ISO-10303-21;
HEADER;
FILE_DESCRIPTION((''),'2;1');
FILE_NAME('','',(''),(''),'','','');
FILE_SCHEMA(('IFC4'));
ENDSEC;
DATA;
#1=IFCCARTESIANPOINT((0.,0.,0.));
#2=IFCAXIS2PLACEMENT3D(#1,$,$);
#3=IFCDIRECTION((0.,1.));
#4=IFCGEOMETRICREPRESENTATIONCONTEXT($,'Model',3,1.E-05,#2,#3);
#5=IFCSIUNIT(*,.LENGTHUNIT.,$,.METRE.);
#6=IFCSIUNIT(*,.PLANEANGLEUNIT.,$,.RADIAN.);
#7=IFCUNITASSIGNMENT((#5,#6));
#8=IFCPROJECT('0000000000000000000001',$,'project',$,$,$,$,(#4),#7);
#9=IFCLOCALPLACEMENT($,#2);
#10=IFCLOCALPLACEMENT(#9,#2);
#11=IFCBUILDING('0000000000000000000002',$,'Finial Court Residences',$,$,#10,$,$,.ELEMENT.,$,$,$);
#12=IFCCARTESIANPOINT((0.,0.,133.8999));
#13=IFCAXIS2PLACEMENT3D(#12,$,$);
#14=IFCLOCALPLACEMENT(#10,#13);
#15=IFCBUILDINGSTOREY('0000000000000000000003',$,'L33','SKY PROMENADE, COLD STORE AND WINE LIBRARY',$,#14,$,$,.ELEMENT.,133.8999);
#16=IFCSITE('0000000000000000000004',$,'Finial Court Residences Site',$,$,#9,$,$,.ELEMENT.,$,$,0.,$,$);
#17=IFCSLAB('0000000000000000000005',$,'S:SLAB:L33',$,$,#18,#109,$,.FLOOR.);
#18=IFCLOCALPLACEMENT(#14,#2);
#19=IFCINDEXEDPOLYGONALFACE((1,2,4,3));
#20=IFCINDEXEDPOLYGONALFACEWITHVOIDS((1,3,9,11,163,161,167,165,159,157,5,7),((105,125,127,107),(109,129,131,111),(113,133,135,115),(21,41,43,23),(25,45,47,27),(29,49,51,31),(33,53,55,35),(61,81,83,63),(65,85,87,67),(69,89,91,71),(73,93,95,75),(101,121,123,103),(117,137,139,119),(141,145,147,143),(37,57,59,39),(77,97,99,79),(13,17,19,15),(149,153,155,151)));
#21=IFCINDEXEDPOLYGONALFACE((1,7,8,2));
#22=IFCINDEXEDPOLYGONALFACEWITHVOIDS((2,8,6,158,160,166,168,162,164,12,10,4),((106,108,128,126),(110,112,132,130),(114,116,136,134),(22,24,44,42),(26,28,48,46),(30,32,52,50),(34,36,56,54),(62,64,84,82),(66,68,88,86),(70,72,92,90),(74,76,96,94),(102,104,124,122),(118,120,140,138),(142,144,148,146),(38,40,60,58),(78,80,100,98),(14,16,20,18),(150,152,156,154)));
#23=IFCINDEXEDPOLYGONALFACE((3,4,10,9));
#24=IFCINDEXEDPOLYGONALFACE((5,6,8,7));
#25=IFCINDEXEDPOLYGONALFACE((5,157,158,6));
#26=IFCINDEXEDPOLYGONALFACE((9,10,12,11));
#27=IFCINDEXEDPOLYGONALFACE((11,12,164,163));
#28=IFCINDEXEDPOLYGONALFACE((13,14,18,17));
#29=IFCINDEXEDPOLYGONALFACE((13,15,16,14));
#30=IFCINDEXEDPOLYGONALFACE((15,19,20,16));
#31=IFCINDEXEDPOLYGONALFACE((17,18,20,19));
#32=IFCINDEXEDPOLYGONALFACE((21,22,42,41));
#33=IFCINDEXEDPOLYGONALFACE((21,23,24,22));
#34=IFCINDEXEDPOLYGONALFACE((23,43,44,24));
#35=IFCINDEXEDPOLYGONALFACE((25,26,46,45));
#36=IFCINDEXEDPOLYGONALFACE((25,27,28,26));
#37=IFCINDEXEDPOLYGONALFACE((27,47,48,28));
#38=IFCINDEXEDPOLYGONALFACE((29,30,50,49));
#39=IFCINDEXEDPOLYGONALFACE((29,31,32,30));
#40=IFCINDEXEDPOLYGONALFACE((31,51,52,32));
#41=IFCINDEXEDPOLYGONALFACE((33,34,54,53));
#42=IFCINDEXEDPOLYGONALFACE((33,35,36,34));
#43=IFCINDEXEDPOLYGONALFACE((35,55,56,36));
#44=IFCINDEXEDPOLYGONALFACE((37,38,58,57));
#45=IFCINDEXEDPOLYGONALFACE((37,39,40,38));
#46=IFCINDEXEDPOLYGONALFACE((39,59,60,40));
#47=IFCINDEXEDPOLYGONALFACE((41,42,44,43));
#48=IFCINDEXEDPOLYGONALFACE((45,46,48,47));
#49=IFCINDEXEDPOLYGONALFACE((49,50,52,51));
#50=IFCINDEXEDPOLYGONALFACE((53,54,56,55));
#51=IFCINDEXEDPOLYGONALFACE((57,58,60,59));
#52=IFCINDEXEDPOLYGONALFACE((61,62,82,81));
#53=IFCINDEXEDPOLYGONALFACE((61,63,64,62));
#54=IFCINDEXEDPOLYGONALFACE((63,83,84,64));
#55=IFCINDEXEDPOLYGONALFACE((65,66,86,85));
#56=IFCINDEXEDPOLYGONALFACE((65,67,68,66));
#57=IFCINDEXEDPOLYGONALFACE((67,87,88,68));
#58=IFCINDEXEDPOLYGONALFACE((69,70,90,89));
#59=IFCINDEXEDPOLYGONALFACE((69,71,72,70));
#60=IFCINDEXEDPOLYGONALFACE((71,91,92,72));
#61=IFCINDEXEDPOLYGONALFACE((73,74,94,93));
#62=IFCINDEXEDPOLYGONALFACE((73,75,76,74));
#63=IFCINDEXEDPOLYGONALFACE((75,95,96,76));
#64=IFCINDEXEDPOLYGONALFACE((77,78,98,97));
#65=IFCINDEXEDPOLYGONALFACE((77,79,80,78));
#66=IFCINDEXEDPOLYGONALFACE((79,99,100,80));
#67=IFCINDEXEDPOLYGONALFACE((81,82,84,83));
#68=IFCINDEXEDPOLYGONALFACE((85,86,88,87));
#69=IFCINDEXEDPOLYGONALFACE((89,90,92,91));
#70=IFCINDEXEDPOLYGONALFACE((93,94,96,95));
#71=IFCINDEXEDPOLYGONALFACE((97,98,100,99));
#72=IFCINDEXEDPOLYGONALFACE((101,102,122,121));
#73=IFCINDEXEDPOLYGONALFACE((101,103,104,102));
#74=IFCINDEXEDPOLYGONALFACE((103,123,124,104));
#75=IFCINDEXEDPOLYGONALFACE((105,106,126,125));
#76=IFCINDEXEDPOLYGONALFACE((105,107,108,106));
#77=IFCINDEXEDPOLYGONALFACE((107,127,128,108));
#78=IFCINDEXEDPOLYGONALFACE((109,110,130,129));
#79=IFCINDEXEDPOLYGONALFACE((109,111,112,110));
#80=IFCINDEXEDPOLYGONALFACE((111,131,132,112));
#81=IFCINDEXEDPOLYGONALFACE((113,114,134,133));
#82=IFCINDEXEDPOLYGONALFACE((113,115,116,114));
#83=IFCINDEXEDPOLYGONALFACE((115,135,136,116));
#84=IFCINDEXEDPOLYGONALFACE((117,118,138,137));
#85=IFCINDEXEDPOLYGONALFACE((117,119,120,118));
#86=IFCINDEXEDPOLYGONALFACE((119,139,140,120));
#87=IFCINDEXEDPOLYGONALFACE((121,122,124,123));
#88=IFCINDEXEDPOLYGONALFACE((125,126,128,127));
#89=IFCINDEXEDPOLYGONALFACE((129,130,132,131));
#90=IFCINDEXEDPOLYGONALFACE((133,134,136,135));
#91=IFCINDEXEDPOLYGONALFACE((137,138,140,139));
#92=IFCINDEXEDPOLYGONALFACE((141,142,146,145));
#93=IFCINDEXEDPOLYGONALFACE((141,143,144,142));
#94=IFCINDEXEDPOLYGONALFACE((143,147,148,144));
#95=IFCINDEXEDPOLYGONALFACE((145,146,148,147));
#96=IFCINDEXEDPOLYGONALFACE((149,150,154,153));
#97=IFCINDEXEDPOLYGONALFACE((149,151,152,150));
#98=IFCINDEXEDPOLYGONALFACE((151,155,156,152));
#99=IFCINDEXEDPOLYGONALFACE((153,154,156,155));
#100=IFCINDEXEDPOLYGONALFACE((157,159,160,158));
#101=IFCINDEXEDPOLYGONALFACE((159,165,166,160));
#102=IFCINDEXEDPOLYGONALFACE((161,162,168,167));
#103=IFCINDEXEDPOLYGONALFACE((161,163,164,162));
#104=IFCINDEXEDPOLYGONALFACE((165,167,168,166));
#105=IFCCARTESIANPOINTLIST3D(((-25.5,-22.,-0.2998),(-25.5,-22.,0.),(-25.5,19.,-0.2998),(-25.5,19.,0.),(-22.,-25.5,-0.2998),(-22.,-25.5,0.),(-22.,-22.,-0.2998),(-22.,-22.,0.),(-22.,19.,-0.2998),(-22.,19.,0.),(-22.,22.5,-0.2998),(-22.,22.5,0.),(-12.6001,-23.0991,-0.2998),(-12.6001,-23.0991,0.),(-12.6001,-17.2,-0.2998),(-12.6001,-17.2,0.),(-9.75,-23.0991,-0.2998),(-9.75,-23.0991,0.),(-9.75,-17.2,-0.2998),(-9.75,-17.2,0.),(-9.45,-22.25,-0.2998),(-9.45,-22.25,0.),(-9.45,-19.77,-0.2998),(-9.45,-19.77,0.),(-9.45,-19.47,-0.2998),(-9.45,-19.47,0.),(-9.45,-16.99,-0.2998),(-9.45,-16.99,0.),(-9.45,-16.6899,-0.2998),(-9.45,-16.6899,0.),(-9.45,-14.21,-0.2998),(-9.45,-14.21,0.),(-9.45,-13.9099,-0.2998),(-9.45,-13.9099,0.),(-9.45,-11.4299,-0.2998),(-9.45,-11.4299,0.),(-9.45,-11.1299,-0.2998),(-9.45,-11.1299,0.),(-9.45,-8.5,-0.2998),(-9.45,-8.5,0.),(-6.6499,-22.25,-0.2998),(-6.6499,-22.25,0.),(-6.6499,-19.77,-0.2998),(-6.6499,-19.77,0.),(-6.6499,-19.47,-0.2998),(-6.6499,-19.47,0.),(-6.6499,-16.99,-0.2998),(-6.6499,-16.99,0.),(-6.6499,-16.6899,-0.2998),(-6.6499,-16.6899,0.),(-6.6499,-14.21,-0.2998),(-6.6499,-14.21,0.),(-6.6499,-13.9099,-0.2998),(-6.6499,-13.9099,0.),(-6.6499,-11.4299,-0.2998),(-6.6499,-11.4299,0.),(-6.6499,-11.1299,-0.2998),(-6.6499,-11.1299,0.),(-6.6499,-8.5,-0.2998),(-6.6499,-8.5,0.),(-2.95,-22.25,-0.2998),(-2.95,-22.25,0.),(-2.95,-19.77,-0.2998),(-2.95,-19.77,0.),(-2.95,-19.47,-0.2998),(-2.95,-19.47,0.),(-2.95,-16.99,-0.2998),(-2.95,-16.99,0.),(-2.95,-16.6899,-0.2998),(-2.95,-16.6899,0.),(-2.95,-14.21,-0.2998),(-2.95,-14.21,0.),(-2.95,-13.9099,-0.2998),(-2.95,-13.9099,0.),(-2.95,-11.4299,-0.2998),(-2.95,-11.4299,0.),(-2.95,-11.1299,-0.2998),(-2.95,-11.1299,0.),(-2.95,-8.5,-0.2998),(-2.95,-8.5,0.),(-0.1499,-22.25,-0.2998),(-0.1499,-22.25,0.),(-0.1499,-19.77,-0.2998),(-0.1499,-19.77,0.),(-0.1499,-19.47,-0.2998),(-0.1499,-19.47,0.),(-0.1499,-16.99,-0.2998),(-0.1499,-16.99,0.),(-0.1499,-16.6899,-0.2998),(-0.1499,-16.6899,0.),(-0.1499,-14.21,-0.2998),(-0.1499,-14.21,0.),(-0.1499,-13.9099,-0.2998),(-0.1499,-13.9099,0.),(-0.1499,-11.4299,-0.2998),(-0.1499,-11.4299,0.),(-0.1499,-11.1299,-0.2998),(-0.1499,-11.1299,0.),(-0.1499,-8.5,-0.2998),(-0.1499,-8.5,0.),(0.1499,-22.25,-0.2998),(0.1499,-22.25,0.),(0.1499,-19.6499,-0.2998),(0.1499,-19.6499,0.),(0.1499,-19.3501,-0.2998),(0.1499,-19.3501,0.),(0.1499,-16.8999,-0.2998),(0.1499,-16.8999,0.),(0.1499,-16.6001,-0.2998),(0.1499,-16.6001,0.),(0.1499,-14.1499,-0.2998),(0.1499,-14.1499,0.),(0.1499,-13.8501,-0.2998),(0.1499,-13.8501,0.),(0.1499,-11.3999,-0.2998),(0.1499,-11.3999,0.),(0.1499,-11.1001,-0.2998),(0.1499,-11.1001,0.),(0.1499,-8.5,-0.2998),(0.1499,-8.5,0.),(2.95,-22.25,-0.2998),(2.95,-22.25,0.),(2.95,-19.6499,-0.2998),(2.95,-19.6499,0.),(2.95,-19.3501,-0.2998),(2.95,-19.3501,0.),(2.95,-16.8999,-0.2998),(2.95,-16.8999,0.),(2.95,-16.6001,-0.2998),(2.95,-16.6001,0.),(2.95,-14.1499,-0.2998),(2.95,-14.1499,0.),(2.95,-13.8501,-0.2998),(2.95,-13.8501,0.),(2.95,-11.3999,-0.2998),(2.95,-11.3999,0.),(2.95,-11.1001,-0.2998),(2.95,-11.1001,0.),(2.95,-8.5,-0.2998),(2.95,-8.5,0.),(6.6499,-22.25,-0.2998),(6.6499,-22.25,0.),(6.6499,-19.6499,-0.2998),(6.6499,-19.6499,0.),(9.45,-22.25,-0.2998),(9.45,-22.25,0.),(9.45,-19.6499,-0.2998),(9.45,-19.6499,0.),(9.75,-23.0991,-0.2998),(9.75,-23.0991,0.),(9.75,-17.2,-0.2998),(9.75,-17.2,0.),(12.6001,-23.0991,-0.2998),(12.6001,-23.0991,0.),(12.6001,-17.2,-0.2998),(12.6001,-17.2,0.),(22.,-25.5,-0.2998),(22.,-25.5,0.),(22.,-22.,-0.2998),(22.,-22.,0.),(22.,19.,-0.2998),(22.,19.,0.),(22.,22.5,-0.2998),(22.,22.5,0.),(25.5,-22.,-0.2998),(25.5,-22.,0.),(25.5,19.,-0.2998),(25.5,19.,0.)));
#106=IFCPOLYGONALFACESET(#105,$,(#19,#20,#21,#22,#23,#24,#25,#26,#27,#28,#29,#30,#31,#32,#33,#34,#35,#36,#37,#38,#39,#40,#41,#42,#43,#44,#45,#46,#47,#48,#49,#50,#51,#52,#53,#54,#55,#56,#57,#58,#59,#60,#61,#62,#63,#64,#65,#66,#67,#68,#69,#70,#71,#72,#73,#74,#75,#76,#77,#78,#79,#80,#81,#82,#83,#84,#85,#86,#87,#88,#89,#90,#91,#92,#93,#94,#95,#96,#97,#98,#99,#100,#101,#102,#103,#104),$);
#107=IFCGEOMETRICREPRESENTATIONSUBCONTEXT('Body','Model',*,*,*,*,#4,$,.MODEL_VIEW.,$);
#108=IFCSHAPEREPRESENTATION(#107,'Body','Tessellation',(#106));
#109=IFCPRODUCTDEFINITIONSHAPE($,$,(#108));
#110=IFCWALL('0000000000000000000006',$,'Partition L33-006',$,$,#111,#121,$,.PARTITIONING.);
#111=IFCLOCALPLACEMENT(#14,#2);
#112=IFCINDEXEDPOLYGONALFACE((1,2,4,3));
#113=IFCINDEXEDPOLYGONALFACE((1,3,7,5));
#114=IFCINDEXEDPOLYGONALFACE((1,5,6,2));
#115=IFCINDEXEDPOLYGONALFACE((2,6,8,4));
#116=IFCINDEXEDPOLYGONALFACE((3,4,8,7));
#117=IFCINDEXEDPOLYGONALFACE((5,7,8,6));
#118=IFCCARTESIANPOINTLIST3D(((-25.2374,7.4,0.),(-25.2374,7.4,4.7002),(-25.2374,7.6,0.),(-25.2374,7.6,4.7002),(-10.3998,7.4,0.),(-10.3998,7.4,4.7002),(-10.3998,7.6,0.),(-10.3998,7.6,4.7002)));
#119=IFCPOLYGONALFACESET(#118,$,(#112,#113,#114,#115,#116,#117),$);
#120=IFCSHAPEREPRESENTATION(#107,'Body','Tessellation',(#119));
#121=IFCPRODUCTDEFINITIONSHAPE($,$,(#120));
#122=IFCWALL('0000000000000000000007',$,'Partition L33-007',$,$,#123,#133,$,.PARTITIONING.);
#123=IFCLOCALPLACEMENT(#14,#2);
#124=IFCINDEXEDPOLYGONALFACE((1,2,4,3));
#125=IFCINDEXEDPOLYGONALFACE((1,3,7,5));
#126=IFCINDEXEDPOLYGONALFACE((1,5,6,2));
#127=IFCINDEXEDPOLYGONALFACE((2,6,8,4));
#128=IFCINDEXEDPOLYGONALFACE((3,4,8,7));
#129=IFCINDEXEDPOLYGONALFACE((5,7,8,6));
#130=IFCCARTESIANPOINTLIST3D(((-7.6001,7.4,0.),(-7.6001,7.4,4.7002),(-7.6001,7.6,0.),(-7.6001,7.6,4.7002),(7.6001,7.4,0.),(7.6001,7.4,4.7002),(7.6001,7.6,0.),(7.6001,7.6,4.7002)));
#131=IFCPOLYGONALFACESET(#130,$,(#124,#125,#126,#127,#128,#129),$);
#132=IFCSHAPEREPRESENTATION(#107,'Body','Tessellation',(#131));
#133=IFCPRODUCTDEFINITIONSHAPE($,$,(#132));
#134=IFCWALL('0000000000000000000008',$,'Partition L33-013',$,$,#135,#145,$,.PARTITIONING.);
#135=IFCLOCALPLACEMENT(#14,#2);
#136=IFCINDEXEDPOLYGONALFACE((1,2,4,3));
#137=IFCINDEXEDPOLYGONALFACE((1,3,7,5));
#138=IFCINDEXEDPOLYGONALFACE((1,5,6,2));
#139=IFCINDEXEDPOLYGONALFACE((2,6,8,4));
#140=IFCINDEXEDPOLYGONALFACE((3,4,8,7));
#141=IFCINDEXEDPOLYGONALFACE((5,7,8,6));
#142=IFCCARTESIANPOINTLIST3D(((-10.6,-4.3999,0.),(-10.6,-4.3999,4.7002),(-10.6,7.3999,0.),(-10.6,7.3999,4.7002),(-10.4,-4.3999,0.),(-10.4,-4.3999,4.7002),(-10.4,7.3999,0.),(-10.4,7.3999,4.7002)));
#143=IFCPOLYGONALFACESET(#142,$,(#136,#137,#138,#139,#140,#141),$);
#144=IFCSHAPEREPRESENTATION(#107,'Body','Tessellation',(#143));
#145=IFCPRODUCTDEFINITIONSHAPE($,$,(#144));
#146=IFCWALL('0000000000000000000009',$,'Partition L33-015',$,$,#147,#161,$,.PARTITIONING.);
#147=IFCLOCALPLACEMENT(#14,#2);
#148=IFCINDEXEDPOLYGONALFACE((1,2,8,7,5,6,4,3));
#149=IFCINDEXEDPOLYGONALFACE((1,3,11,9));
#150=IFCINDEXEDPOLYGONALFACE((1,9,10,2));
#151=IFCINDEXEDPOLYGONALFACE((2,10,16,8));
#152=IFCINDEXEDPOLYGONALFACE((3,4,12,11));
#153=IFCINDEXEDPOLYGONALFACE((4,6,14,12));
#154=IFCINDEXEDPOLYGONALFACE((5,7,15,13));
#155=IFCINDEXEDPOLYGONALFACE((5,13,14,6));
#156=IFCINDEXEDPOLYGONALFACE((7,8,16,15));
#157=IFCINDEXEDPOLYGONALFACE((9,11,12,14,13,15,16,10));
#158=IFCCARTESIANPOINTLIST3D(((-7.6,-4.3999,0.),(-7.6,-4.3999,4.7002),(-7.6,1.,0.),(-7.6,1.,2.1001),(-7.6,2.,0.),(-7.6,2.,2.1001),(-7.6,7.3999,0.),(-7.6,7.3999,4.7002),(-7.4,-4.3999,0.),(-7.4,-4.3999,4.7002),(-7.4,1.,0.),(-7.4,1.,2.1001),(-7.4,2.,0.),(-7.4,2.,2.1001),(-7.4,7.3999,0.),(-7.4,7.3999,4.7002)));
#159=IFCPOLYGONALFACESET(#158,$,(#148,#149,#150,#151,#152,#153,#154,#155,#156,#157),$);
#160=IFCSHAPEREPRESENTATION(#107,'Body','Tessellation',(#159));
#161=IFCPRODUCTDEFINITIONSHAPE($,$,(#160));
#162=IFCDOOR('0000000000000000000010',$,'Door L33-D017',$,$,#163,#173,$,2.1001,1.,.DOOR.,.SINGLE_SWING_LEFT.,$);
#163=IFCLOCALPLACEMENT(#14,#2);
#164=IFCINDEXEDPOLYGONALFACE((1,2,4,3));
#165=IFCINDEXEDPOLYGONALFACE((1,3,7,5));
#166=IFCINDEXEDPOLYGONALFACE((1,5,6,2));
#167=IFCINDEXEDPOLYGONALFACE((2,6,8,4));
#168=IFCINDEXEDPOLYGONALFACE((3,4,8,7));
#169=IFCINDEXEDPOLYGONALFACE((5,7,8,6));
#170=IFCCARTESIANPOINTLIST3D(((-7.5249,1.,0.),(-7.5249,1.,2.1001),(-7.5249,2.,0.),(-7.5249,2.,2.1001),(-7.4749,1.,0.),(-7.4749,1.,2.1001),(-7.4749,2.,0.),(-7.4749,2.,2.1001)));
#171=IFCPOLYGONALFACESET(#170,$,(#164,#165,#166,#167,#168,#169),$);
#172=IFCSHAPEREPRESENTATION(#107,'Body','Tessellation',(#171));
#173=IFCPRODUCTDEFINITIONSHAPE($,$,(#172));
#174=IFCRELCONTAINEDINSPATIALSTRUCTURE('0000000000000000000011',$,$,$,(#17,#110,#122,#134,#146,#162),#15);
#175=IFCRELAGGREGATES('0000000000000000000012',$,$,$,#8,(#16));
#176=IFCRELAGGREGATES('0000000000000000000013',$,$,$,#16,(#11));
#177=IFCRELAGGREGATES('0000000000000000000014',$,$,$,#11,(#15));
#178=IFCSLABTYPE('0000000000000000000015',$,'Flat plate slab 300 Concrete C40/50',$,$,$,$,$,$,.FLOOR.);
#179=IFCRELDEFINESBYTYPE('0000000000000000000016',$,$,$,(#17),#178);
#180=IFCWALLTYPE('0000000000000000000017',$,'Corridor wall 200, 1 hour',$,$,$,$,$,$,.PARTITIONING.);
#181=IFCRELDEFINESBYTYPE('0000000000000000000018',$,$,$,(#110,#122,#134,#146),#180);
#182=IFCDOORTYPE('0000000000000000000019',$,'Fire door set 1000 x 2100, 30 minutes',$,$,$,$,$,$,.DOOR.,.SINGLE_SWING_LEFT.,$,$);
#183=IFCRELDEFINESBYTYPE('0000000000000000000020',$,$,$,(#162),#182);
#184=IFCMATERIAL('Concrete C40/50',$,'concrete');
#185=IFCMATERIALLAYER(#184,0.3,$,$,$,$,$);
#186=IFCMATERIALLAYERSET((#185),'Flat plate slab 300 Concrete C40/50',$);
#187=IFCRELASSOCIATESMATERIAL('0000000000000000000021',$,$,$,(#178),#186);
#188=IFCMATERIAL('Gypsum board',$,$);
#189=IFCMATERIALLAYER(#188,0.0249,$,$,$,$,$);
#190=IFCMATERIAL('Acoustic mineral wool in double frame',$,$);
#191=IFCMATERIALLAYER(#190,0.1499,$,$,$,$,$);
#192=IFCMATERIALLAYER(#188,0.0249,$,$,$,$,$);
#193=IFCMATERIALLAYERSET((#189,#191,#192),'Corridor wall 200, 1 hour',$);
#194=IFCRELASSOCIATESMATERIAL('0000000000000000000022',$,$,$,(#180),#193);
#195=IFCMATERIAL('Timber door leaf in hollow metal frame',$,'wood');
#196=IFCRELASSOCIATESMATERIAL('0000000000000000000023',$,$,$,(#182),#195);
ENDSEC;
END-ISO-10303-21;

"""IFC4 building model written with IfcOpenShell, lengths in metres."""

from ifc_helpers import new_model, si_unit, direction, frame, frame_2d, origin, place, context, subcontext, project, spatial, polyline, rectangle, outline, extrude, material, layer, layer_set, type_object, element, fill, save


model = new_model("IFC4")

# Units and contexts
model_context = context("Model", 3, precision=1e-05, world=origin(), true_north=direction((0.0, 1.0)))
body_context = subcontext(model_context, "Body", "Model", "MODEL_VIEW")
ifc_project = project(units=[si_unit("LENGTHUNIT", "METRE"), si_unit("PLANEANGLEUNIT", "RADIAN")], contexts=[model_context])

# Site, building, storey
site_placement = place(None, origin())
site = spatial("IfcSite", under=ifc_project, at=site_placement, Name="Finial Court Residences Site", CompositionType="ELEMENT", RefElevation=0.0)
building_placement = place(site_placement, origin())
building = spatial("IfcBuilding", under=site, at=building_placement, Name="Finial Court Residences", CompositionType="ELEMENT")
storey_placement = place(building_placement, frame((0.0, 0.0, 133.8999)))
storey = spatial("IfcBuildingStorey", under=building, at=storey_placement, Name="L33", Description="SKY PROMENADE, COLD STORE AND WINE LIBRARY", CompositionType="ELEMENT", Elevation=133.8999)

# Slab
ifc_material_1 = material(Name="Concrete C40/50", Category="concrete")
ifc_layer_1 = layer(ifc_material_1, 0.3)
ifc_layer_set_1 = layer_set([ifc_layer_1], Name="Flat plate slab 300 Concrete C40/50")
slab_type = type_object("IfcSlabType", Name="Flat plate slab 300 Concrete C40/50", PredefinedType="FLOOR", material=ifc_layer_set_1)
slab_placement = place(storey_placement, frame((0.0, 0.0, -0.2998)))
element("IfcSlab", 1, at=slab_placement, inside=storey, type_object=slab_type, Name="S:SLAB:L33", PredefinedType="FLOOR", context=body_context, shape_type="SweptSolid", body=[
    extrude(outline(polyline([(22.0, -25.5), (-22.0, -25.5), (-22.0, -22.0), (-25.5, -22.0), (-25.5, 19.0), (-22.0, 19.0), (-22.0, 22.5), (22.0, 22.5), (22.0, 19.0), (25.5, 19.0), (25.5, -22.0), (22.0, -22.0), (22.0, -25.5)]), holes=[polyline([(-6.6499, -22.25), (-6.6499, -19.77), (-9.45, -19.77), (-9.45, -22.25), (-6.6499, -22.25)]), polyline([(-0.1499, -22.25), (-0.1499, -19.77), (-2.95, -19.77), (-2.95, -22.25), (-0.1499, -22.25)]), polyline([(-9.75, -17.2), (-12.6001, -17.2), (-12.6001, -23.0991), (-9.75, -23.0991), (-9.75, -17.2)]), polyline([(-6.6499, -19.47), (-6.6499, -16.99), (-9.45, -16.99), (-9.45, -19.47), (-6.6499, -19.47)]), polyline([(-6.6499, -16.6899), (-6.6499, -14.21), (-9.45, -14.21), (-9.45, -16.6899), (-6.6499, -16.6899)]), polyline([(-0.1499, -16.6899), (-0.1499, -14.21), (-2.95, -14.21), (-2.95, -16.6899), (-0.1499, -16.6899)]), polyline([(-6.6499, -13.9099), (-6.6499, -11.4299), (-9.45, -11.4299), (-9.45, -13.9099), (-6.6499, -13.9099)]), polyline([(-2.95, -13.9099), (-0.1499, -13.9099), (-0.1499, -11.4299), (-2.95, -11.4299), (-2.95, -13.9099)]), polyline([(-9.45, -11.1299), (-6.6499, -11.1299), (-6.6499, -8.5), (-9.45, -8.5), (-9.45, -11.1299)]), polyline([(2.95, -22.25), (2.95, -19.6499), (0.1499, -19.6499), (0.1499, -22.25), (2.95, -22.25)]), polyline([(9.45, -22.25), (9.45, -19.6499), (6.6499, -19.6499), (6.6499, -22.25), (9.45, -22.25)]), polyline([(12.6001, -17.2), (9.75, -17.2), (9.75, -23.0991), (12.6001, -23.0991), (12.6001, -17.2)]), polyline([(-0.1499, -19.47), (-0.1499, -16.99), (-2.95, -16.99), (-2.95, -19.47), (-0.1499, -19.47)]), polyline([(2.95, -19.3501), (2.95, -16.8999), (0.1499, -16.8999), (0.1499, -19.3501), (2.95, -19.3501)]), polyline([(2.95, -16.6001), (2.95, -14.1499), (0.1499, -14.1499), (0.1499, -16.6001), (2.95, -16.6001)]), polyline([(2.95, -13.8501), (2.95, -11.3999), (0.1499, -11.3999), (0.1499, -13.8501), (2.95, -13.8501)]), polyline([(-2.95, -11.1299), (-0.1499, -11.1299), (-0.1499, -8.5), (-2.95, -8.5), (-2.95, -11.1299)]), polyline([(0.1499, -11.1001), (2.95, -11.1001), (2.95, -8.5), (0.1499, -8.5), (0.1499, -11.1001)])]), origin(), (0.0, 0.0, 1.0), 0.2998),
])

# Walls
ifc_material_2 = material(Name="Gypsum board")
ifc_layer_2 = layer(ifc_material_2, 0.0249)
ifc_material_3 = material(Name="Acoustic mineral wool in double frame")
ifc_layer_3 = layer(ifc_material_3, 0.1499)
ifc_layer_4 = layer(ifc_material_2, 0.0249)
ifc_layer_set_2 = layer_set([ifc_layer_2, ifc_layer_3, ifc_layer_4], Name="Corridor wall 200, 1 hour")
wall_type_1 = type_object("IfcWallType", Name="Corridor wall 200, 1 hour", PredefinedType="PARTITIONING", material=ifc_layer_set_2)
wall_1_placement = place(storey_placement, frame((-25.2375, 7.5, 0.0), z_axis=(0.0, 0.0, 1.0), x_axis=(1.0, 0.0, 0.0)))
element("IfcWall", 2, at=wall_1_placement, inside=storey, type_object=wall_type_1, Name="Partition L33-006", PredefinedType="PARTITIONING", context=body_context, shape_type="SweptSolid", body=[
    extrude(rectangle(XDim=14.8376, YDim=0.2, at=frame_2d((7.4189, 0.0))), origin(), (0.0, 0.0, 1.0), 4.7002),
])
wall_2_placement = place(storey_placement, frame((-7.6001, 7.5, 0.0), z_axis=(0.0, 0.0, 1.0), x_axis=(1.0, 0.0, 0.0)))
element("IfcWall", 3, at=wall_2_placement, inside=storey, type_object=wall_type_1, Name="Partition L33-007", PredefinedType="PARTITIONING", context=body_context, shape_type="SweptSolid", body=[
    extrude(rectangle(XDim=15.2002, YDim=0.2, at=frame_2d((7.6001, 0.0))), origin(), (0.0, 0.0, 1.0), 4.7002),
])
wall_3_placement = place(storey_placement, frame((-10.5, -4.3999, 0.0), z_axis=(0.0, 0.0, 1.0), x_axis=(0.0, 1.0, 0.0)))
element("IfcWall", 4, at=wall_3_placement, inside=storey, type_object=wall_type_1, Name="Partition L33-013", PredefinedType="PARTITIONING", context=body_context, shape_type="SweptSolid", body=[
    extrude(rectangle(XDim=11.7998, YDim=0.2, at=frame_2d((5.8999, 0.0))), origin(), (0.0, 0.0, 1.0), 4.7002),
])

# Wall, opening, door
wall_4_placement = place(storey_placement, frame((-7.5, -4.3999, 0.0), z_axis=(0.0, 0.0, 1.0), x_axis=(0.0, 1.0, 0.0)))
wall_4 = element("IfcWall", 5, at=wall_4_placement, inside=storey, type_object=wall_type_1, Name="Partition L33-015", PredefinedType="PARTITIONING", context=body_context, shape_type="SweptSolid", body=[
    extrude(rectangle(XDim=11.7998, YDim=0.2, at=frame_2d((5.8999, 0.0))), origin(), (0.0, 0.0, 1.0), 4.7002),
])
opening_placement = place(wall_4_placement, frame((5.3999, 0.0, 0.0)))
opening = element("IfcOpeningElement", 6, at=opening_placement, cuts=wall_4, PredefinedType="OPENING", context=body_context, shape_type="SweptSolid", body=[
    extrude(rectangle(XDim=1.0, YDim=2.1001, at=frame_2d((0.5, 1.05))), frame((0.0, 0.1099, 0.0), z_axis=(0.0, -1.0, 0.0), x_axis=(1.0, 0.0, 0.0)), (0.0, 0.0, 1.0), 0.22),
])
ifc_material_4 = material(Name="Timber door leaf in hollow metal frame", Category="wood")
door_type = type_object("IfcDoorType", Name="Fire door set 1000 x 2100, 30 minutes", OperationType="SINGLE_SWING_LEFT", PredefinedType="DOOR", material=ifc_material_4)
door_placement = place(opening_placement, origin())
door = element("IfcDoor", 7, at=door_placement, inside=storey, type_object=door_type, Name="Door L33-D017", OperationType="SINGLE_SWING_LEFT", OverallHeight=2.1001, OverallWidth=1.0, PredefinedType="DOOR", context=body_context, shape_type="SweptSolid", body=[
    extrude(rectangle(XDim=1.0, YDim=2.1001, at=frame_2d((0.5, 1.05))), frame((0.0, 0.0249, 0.0), z_axis=(0.0, -1.0, 0.0), x_axis=(1.0, 0.0, 0.0)), (0.0, 0.0, 1.0), 0.05),
])
fill(opening, door)

save(model, "model.ifc")
